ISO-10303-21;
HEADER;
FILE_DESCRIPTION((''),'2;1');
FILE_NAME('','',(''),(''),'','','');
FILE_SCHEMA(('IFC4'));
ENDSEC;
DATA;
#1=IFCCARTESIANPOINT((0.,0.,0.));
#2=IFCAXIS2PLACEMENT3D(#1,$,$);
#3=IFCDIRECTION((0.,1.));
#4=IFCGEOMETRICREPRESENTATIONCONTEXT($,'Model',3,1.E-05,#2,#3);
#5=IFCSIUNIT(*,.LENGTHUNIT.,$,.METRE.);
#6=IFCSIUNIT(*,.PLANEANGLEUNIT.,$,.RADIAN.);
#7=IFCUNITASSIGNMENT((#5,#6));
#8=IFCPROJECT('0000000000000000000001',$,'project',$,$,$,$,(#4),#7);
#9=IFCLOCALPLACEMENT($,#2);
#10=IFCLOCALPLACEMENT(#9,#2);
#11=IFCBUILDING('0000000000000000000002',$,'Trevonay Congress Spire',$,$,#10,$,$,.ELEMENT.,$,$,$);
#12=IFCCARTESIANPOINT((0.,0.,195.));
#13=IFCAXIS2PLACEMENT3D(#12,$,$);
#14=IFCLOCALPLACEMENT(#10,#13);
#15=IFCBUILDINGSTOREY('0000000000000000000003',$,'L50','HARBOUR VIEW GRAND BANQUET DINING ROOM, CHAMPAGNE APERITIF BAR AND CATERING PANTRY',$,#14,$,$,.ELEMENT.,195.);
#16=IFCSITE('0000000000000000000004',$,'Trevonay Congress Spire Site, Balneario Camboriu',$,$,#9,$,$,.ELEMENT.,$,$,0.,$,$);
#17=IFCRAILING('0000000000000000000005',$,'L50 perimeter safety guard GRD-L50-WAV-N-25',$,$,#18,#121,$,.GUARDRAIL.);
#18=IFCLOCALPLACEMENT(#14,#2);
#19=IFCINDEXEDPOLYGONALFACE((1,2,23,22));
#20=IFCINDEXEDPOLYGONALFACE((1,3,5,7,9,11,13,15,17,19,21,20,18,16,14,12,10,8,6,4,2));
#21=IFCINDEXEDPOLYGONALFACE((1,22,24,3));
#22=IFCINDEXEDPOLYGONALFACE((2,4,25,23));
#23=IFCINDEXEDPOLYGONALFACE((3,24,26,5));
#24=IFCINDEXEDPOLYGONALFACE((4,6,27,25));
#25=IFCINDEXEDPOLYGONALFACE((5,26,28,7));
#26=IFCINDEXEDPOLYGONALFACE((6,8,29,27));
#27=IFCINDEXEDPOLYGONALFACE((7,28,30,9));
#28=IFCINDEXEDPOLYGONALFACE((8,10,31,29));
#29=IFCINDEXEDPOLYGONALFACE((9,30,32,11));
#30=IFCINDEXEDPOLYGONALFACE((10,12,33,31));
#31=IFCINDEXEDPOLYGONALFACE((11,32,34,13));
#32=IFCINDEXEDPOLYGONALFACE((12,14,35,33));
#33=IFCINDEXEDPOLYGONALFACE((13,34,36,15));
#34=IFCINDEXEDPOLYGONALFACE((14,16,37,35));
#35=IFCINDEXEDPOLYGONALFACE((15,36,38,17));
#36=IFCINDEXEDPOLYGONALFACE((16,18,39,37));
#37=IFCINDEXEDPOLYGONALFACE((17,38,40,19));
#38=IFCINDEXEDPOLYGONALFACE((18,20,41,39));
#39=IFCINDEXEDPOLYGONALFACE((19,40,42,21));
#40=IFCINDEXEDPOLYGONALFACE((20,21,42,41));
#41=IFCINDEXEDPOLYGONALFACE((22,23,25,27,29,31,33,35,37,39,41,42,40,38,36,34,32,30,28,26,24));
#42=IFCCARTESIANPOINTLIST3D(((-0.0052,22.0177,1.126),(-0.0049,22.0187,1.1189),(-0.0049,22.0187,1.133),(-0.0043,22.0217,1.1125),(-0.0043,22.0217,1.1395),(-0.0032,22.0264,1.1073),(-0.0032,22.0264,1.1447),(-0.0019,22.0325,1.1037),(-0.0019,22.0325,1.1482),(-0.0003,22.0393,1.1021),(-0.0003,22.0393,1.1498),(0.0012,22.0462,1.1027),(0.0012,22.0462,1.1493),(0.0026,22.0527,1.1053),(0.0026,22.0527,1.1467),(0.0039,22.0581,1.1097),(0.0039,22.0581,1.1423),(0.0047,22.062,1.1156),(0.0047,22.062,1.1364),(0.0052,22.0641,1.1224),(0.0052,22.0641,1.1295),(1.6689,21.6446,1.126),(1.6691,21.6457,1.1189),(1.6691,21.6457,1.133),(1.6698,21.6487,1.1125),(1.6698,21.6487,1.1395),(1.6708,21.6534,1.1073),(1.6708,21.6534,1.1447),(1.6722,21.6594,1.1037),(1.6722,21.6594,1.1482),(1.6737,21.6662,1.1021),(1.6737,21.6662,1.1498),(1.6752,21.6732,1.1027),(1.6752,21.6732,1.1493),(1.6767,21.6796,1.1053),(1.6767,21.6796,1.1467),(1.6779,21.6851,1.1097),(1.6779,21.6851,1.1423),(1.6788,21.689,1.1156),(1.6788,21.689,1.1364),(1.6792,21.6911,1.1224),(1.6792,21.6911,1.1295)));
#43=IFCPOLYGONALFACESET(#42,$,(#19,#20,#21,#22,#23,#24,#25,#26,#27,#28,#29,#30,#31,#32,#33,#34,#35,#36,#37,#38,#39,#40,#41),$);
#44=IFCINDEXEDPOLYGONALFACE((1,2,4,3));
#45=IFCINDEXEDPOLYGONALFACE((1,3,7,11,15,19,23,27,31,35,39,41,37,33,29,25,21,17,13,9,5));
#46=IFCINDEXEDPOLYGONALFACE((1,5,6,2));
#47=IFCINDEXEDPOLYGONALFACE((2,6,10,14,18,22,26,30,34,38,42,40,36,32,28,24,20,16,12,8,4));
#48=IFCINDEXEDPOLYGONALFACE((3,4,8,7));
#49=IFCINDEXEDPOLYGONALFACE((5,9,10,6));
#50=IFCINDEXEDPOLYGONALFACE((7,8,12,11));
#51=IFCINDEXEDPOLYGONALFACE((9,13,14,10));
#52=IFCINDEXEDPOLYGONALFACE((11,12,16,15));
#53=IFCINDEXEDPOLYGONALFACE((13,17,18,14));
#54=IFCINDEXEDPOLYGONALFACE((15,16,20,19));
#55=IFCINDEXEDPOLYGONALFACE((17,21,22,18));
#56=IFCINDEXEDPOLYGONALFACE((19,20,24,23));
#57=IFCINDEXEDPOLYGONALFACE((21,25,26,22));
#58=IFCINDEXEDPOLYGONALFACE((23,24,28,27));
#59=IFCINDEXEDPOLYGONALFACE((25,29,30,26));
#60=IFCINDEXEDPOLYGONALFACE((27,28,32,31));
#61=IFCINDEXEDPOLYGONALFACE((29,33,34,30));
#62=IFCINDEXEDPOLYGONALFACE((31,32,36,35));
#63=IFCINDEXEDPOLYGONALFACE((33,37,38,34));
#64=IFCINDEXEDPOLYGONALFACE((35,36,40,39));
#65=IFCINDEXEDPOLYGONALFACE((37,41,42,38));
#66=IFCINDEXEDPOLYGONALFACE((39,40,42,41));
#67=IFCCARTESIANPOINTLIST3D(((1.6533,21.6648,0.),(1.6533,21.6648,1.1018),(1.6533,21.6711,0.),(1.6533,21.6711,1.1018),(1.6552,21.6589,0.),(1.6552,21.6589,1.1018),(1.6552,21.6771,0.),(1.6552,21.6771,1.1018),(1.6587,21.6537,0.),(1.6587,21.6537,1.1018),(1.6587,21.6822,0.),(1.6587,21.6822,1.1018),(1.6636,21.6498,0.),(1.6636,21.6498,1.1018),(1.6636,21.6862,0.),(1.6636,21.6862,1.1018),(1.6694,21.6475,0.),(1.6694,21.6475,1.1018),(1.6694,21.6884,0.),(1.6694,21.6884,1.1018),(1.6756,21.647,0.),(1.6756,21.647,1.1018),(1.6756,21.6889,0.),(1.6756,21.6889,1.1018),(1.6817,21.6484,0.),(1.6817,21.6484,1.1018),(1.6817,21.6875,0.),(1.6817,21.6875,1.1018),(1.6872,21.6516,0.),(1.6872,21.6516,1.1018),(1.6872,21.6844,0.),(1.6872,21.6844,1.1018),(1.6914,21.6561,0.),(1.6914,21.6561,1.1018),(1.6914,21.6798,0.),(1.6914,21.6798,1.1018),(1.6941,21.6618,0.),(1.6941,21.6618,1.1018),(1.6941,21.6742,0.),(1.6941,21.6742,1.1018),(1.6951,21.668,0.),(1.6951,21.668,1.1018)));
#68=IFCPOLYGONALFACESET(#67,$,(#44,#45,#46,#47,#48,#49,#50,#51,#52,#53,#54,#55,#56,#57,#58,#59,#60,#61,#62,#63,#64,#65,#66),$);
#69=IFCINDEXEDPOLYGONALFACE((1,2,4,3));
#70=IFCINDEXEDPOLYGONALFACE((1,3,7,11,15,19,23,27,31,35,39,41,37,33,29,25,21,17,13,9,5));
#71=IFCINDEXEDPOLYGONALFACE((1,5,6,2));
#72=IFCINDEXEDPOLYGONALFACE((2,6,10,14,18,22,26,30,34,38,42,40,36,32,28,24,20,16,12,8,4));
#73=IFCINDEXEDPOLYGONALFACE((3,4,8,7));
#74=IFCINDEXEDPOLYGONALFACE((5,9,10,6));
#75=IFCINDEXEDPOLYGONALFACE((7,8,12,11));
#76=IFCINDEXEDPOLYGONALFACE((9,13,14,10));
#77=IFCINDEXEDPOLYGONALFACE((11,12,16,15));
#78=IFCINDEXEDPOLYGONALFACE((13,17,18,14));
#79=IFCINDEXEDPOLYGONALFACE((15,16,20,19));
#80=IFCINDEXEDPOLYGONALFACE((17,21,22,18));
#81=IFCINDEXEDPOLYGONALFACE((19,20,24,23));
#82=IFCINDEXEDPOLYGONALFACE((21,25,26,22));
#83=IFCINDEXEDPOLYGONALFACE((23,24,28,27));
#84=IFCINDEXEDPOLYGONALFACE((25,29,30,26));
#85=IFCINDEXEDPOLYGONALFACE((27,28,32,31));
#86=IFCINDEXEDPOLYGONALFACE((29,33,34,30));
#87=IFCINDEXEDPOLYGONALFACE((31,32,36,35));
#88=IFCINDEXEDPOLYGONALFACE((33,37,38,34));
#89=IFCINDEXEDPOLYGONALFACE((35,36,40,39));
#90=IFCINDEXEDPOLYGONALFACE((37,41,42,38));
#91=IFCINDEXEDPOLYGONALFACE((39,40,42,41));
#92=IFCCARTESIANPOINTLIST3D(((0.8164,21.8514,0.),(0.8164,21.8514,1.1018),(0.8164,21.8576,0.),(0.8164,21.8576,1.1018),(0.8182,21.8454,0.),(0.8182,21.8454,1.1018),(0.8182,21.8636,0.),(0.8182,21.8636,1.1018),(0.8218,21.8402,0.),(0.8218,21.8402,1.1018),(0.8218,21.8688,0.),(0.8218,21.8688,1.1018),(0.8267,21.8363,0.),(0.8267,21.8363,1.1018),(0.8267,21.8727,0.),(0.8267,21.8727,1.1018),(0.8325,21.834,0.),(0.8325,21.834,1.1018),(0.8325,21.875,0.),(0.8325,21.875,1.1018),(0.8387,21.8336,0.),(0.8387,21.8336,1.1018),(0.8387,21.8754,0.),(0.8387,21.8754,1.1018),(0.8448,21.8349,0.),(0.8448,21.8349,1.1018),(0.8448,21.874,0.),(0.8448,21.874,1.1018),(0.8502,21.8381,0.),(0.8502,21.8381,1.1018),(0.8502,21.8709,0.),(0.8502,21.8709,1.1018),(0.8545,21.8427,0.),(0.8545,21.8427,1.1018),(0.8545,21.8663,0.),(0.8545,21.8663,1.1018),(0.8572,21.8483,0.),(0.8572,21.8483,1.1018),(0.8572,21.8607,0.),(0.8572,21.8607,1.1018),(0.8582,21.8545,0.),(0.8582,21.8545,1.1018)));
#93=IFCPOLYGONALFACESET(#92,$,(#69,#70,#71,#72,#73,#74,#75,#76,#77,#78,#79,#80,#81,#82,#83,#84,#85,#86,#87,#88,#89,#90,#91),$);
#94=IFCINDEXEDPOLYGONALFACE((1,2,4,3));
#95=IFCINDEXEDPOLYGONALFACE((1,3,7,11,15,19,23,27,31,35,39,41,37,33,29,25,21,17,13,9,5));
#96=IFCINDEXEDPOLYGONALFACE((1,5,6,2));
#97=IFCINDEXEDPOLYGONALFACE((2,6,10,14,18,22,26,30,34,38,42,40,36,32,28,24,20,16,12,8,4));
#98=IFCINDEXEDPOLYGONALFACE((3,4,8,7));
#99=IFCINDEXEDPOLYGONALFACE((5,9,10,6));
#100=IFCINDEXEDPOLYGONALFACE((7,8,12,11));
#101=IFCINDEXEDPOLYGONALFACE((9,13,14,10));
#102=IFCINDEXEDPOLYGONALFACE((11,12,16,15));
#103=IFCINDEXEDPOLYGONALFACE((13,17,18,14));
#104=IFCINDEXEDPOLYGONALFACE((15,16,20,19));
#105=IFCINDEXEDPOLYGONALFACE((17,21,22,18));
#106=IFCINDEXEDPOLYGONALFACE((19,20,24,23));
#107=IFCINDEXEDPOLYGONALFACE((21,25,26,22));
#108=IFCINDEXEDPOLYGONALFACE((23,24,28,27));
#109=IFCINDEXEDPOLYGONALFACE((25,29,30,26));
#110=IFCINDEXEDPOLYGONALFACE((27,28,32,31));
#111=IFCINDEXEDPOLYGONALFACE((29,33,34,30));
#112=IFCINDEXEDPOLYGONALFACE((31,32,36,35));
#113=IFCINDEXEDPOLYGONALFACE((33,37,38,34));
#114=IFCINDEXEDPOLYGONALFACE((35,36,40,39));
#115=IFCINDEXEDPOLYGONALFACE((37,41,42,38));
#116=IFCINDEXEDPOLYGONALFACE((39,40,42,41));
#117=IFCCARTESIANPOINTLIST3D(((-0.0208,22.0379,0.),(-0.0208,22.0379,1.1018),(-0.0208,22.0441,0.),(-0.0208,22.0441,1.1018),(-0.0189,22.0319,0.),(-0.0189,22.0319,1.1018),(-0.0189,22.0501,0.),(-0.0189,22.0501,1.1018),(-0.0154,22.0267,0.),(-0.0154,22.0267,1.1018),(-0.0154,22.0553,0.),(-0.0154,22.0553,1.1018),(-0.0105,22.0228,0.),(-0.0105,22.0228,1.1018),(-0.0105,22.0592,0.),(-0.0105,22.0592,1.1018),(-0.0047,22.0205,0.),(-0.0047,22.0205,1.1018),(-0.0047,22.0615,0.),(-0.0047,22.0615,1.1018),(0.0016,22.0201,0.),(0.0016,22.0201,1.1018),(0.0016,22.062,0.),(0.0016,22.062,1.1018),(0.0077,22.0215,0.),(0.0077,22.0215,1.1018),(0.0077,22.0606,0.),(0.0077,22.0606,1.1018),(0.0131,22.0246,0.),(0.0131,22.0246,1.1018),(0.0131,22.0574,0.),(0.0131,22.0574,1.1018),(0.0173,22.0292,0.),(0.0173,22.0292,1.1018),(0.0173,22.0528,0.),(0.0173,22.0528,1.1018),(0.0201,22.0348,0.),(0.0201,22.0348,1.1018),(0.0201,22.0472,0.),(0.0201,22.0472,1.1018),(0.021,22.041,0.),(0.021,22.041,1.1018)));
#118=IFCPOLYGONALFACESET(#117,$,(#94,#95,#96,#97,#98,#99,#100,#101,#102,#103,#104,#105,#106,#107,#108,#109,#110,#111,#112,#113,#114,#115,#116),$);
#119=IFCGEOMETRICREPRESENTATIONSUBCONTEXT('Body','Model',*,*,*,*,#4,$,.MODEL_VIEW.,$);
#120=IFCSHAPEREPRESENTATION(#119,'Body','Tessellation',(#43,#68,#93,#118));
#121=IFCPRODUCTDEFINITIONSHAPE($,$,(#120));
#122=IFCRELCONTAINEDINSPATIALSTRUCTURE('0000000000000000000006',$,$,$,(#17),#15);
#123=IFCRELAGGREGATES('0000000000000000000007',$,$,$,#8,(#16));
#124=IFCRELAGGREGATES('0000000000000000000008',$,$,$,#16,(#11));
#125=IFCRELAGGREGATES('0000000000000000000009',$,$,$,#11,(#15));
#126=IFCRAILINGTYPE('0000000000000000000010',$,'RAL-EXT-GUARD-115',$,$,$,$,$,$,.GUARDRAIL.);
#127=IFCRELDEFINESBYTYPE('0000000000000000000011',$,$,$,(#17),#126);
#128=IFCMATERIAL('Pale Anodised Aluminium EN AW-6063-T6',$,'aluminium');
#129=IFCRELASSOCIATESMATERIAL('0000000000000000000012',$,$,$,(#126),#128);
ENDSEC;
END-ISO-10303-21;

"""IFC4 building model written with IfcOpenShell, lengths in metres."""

from ifc_helpers import new_model, si_unit, direction, frame, origin, origin_2d, place, context, subcontext, project, spatial, circle, extrude, material, type_object, element, save


model = new_model("IFC4")

# Units and contexts
model_context = context("Model", 3, precision=1e-05, world=origin(), true_north=direction((0.0, 1.0)))
body_context = subcontext(model_context, "Body", "Model", "MODEL_VIEW")
ifc_project = project(units=[si_unit("LENGTHUNIT", "METRE"), si_unit("PLANEANGLEUNIT", "RADIAN")], contexts=[model_context])

# Site, building, storey
site_placement = place(None, origin())
site = spatial("IfcSite", under=ifc_project, at=site_placement, Name="Trevonay Congress Spire Site, Balneario Camboriu", CompositionType="ELEMENT", RefElevation=0.0)
building_placement = place(site_placement, origin())
building = spatial("IfcBuilding", under=site, at=building_placement, Name="Trevonay Congress Spire", CompositionType="ELEMENT")
storey_placement = place(building_placement, frame((0.0, 0.0, 195.0)))
storey = spatial("IfcBuildingStorey", under=building, at=storey_placement, Name="L50", Description="HARBOUR VIEW GRAND BANQUET DINING ROOM, CHAMPAGNE APERITIF BAR AND CATERING PANTRY", CompositionType="ELEMENT", Elevation=195.0)

# Shared definitions
ifc_material_1 = material(Name="Pale Anodised Aluminium EN AW-6063-T6", Category="aluminium")

# Railing
railing_type = type_object("IfcRailingType", Name="RAL-EXT-GUARD-115", PredefinedType="GUARDRAIL", material=ifc_material_1)
railing_1_placement = place(storey_placement, frame((1.6741, 21.668, 0.0)))
element("IfcRailing", 1, at=railing_1_placement, inside=storey, type_object=railing_type, Name="L50 perimeter safety guard GRD-L50-WAV-N-25", PredefinedType="GUARDRAIL", context=body_context, shape_type="SweptSolid", body=[
    extrude(circle(Radius=0.0239, at=origin_2d()), frame((0.0, 0.0, 1.126), z_axis=(-0.97606, 0.217503, 0.0), x_axis=(-0.217503, -0.97606, 0.0)), (0.0, 0.0, 1.0), 1.7151),
    extrude(circle(Radius=0.021, at=origin_2d()), origin(), (0.0, 0.0, 1.0), 1.1018),
    extrude(circle(Radius=0.021, at=origin_2d()), frame((-0.8369, 0.1865, 0.0)), (0.0, 0.0, 1.0), 1.1018),
    extrude(circle(Radius=0.021, at=origin_2d()), frame((-1.6741, 0.373, 0.0)), (0.0, 0.0, 1.0), 1.1018),
])

save(model, "model.ifc")
